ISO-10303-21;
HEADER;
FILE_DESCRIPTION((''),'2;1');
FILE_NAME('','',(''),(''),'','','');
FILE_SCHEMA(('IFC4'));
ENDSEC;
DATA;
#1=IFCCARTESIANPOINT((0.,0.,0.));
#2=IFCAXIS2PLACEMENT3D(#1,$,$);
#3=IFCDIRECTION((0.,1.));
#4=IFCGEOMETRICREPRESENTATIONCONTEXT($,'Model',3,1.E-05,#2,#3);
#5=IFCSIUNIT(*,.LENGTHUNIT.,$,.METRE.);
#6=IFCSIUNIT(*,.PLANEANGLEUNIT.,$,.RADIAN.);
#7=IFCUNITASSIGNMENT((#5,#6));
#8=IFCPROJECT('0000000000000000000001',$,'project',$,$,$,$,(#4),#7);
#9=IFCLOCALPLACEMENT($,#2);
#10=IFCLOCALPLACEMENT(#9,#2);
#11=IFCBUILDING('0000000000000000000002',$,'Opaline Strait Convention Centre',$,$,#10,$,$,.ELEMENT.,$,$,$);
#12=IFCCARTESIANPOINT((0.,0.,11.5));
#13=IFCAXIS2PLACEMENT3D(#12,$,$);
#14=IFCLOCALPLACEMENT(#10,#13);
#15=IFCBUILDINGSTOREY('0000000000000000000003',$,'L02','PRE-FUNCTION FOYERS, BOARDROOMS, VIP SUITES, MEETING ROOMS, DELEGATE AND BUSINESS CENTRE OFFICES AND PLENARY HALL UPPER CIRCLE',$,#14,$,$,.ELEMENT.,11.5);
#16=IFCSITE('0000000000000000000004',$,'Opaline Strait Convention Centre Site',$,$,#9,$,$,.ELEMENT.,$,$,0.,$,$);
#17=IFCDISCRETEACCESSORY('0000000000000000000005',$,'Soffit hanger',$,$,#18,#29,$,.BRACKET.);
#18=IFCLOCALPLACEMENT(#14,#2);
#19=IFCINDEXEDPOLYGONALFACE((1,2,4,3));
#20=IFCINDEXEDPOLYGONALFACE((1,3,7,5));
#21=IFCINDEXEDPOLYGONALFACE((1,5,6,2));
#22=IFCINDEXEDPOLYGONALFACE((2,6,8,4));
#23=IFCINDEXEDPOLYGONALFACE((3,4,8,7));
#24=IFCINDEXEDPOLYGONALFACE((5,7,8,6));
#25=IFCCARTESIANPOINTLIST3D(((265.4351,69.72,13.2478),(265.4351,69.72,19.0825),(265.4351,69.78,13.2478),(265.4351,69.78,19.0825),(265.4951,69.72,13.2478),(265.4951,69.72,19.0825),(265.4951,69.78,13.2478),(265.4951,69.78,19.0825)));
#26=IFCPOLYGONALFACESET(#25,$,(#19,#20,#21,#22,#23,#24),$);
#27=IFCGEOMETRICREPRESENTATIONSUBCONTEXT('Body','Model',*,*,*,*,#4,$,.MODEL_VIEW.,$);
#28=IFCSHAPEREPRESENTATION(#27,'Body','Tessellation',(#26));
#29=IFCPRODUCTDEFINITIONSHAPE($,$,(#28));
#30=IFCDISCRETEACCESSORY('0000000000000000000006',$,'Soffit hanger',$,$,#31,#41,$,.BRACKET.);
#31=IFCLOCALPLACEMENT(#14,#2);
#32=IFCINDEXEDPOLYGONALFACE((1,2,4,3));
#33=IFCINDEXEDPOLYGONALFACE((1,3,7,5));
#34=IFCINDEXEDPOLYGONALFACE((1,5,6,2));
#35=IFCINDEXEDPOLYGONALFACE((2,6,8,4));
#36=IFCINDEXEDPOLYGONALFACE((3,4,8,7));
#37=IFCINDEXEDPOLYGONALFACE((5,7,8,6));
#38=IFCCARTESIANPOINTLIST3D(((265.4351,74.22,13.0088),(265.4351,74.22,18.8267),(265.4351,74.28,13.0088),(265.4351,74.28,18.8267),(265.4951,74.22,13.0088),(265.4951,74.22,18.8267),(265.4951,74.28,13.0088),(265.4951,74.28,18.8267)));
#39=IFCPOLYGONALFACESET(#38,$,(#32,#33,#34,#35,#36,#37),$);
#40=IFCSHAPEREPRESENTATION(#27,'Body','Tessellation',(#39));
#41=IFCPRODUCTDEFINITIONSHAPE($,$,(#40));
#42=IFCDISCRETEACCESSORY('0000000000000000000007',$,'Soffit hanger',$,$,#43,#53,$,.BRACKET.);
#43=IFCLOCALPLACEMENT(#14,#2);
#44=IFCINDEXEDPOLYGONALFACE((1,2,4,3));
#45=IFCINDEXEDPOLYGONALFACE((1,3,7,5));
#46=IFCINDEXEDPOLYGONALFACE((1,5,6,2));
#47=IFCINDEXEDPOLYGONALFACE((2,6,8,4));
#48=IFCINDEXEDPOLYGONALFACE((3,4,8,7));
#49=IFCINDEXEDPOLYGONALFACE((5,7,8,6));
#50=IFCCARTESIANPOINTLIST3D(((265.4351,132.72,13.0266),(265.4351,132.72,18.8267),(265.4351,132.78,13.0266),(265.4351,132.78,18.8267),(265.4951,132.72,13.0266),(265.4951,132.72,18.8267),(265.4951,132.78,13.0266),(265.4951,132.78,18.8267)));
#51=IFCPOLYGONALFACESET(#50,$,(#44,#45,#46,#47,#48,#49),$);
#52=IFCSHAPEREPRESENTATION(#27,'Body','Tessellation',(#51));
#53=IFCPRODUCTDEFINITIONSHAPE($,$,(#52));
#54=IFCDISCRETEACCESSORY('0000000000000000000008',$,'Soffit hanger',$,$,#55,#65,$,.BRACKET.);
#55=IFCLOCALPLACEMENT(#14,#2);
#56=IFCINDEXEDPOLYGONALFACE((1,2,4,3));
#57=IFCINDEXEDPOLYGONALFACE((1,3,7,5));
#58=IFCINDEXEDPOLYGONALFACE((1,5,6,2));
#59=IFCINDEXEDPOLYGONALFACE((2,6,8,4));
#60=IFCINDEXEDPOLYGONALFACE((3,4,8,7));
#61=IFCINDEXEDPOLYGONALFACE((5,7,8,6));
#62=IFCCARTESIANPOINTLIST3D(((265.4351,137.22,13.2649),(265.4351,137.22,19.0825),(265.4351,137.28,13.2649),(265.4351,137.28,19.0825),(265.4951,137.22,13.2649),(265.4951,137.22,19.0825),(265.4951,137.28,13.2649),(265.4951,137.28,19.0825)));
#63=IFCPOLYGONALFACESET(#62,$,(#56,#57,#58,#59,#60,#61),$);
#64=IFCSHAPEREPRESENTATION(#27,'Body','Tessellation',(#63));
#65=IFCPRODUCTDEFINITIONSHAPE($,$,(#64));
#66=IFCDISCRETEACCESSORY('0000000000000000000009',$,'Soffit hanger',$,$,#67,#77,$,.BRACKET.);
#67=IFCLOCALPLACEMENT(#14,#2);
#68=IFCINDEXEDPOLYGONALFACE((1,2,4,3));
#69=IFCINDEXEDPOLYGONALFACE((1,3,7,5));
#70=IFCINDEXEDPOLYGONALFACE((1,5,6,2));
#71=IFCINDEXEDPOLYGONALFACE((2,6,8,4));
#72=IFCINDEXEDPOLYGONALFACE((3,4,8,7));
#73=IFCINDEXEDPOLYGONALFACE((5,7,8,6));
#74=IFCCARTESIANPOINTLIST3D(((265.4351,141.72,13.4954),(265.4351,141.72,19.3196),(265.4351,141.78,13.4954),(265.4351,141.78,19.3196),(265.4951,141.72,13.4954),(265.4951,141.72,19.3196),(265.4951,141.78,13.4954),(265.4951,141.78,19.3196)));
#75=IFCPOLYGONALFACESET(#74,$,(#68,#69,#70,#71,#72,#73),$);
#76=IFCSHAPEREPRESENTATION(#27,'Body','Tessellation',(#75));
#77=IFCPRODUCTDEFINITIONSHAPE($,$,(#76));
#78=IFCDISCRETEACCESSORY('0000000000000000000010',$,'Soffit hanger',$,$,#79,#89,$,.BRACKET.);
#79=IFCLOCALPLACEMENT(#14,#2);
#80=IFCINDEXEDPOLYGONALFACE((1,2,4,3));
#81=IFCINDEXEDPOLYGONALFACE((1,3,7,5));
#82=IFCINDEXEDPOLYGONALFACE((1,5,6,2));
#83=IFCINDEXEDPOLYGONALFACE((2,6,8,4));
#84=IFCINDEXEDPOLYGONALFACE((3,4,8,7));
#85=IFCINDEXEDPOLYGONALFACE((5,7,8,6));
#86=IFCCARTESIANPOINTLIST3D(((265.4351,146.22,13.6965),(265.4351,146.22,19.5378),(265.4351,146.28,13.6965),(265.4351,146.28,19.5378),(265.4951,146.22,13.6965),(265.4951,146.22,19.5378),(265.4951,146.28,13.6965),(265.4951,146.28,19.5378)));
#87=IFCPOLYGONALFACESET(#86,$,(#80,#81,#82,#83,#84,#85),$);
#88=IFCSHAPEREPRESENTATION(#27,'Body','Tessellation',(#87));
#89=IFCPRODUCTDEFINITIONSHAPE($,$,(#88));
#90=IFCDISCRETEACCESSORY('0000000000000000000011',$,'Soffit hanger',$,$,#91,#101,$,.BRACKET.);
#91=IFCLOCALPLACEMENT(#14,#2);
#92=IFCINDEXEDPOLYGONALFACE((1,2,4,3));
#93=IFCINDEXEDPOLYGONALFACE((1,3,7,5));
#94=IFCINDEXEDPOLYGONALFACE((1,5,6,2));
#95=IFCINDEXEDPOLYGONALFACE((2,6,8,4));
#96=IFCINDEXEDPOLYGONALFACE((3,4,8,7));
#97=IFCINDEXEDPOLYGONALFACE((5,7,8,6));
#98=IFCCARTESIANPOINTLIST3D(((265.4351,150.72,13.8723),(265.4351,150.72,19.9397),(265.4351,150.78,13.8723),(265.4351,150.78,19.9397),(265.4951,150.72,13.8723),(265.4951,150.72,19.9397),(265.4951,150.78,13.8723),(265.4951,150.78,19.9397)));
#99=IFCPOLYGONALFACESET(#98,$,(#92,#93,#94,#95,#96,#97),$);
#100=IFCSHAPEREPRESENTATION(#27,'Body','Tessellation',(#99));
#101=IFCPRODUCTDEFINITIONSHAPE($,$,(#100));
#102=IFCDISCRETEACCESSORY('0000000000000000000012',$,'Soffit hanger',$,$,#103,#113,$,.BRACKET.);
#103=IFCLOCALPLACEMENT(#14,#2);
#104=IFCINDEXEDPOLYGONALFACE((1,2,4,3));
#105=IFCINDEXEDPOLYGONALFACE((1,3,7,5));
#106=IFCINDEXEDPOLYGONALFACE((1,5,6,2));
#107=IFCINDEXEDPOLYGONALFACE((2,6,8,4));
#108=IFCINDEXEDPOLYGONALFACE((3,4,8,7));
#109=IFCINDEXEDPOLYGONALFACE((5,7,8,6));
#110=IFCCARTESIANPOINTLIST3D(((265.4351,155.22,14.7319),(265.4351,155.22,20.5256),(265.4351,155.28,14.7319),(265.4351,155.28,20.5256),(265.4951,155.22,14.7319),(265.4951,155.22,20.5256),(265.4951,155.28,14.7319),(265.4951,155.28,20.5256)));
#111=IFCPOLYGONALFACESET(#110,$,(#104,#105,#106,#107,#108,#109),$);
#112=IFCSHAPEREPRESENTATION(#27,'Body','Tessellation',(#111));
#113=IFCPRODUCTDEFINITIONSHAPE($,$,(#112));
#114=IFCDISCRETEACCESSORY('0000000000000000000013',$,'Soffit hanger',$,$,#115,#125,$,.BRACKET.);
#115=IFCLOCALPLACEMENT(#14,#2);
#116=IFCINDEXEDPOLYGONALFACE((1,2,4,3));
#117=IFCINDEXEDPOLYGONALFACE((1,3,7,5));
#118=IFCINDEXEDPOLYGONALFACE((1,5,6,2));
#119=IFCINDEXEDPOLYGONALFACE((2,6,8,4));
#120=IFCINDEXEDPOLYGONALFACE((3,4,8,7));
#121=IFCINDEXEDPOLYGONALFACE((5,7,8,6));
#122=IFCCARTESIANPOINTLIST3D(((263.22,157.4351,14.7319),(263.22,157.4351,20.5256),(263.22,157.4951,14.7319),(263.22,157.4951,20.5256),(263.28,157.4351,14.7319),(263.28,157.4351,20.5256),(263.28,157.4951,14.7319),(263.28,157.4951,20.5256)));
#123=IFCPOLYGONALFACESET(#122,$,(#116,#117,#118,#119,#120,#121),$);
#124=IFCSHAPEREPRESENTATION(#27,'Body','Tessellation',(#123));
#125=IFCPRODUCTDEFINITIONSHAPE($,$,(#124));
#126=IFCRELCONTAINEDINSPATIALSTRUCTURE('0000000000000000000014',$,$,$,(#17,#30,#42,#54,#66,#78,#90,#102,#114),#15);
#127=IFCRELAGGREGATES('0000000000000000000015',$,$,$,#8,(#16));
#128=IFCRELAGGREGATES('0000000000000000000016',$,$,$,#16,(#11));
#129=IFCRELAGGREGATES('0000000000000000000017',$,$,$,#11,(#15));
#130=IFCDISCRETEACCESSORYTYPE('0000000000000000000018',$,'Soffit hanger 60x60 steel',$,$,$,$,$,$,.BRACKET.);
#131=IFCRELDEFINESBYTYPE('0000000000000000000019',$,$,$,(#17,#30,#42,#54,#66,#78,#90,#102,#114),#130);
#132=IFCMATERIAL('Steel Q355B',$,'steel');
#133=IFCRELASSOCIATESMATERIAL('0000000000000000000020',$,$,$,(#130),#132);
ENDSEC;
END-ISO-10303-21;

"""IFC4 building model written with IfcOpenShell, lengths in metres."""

from ifc_helpers import new_model, si_unit, direction, frame, origin, place, context, subcontext, project, spatial, polyline, outline, extrude, material, type_object, element, save


model = new_model("IFC4")

# Units and contexts
model_context = context("Model", 3, precision=1e-05, world=origin(), true_north=direction((0.0, 1.0)))
body_context = subcontext(model_context, "Body", "Model", "MODEL_VIEW")
ifc_project = project(units=[si_unit("LENGTHUNIT", "METRE"), si_unit("PLANEANGLEUNIT", "RADIAN")], contexts=[model_context])

# Site, building, storey
site_placement = place(None, origin())
site = spatial("IfcSite", under=ifc_project, at=site_placement, Name="Opaline Strait Convention Centre Site", CompositionType="ELEMENT", RefElevation=0.0)
building_placement = place(site_placement, origin())
building = spatial("IfcBuilding", under=site, at=building_placement, Name="Opaline Strait Convention Centre", CompositionType="ELEMENT")
storey_placement = place(building_placement, frame((0.0, 0.0, 11.5)))
storey = spatial("IfcBuildingStorey", under=building, at=storey_placement, Name="L02", Description="PRE-FUNCTION FOYERS, BOARDROOMS, VIP SUITES, MEETING ROOMS, DELEGATE AND BUSINESS CENTRE OFFICES AND PLENARY HALL UPPER CIRCLE", CompositionType="ELEMENT", Elevation=11.5)

# Discrete accessories
ifc_material = material(Name="Steel Q355B", Category="steel")
discrete_accessory_type = type_object("IfcDiscreteAccessoryType", Name="Soffit hanger 60x60 steel", PredefinedType="BRACKET", material=ifc_material)
discrete_accessory_1_placement = place(storey_placement, frame((0.0, 0.0, 13.2478)))
element("IfcDiscreteAccessory", 1, at=discrete_accessory_1_placement, inside=storey, type_object=discrete_accessory_type, Name="Soffit hanger", PredefinedType="BRACKET", context=body_context, shape_type="SweptSolid", body=[
    extrude(outline(polyline([(265.4351, 69.72), (265.4951, 69.72), (265.4951, 69.78), (265.4351, 69.78), (265.4351, 69.72)])), origin(), (0.0, 0.0, 1.0), 5.8347),
])
discrete_accessory_2_placement = place(storey_placement, frame((0.0, 0.0, 13.0088)))
element("IfcDiscreteAccessory", 2, at=discrete_accessory_2_placement, inside=storey, type_object=discrete_accessory_type, Name="Soffit hanger", PredefinedType="BRACKET", context=body_context, shape_type="SweptSolid", body=[
    extrude(outline(polyline([(265.4351, 74.22), (265.4951, 74.22), (265.4951, 74.28), (265.4351, 74.28), (265.4351, 74.22)])), origin(), (0.0, 0.0, 1.0), 5.8179),
])
discrete_accessory_3_placement = place(storey_placement, frame((0.0, 0.0, 13.0266)))
element("IfcDiscreteAccessory", 3, at=discrete_accessory_3_placement, inside=storey, type_object=discrete_accessory_type, Name="Soffit hanger", PredefinedType="BRACKET", context=body_context, shape_type="SweptSolid", body=[
    extrude(outline(polyline([(265.4351, 132.72), (265.4951, 132.72), (265.4951, 132.78), (265.4351, 132.78), (265.4351, 132.72)])), origin(), (0.0, 0.0, 1.0), 5.8),
])
discrete_accessory_4_placement = place(storey_placement, frame((0.0, 0.0, 13.2649)))
element("IfcDiscreteAccessory", 4, at=discrete_accessory_4_placement, inside=storey, type_object=discrete_accessory_type, Name="Soffit hanger", PredefinedType="BRACKET", context=body_context, shape_type="SweptSolid", body=[
    extrude(outline(polyline([(265.4351, 137.22), (265.4951, 137.22), (265.4951, 137.28), (265.4351, 137.28), (265.4351, 137.22)])), origin(), (0.0, 0.0, 1.0), 5.8176),
])
discrete_accessory_5_placement = place(storey_placement, frame((0.0, 0.0, 13.4954)))
element("IfcDiscreteAccessory", 5, at=discrete_accessory_5_placement, inside=storey, type_object=discrete_accessory_type, Name="Soffit hanger", PredefinedType="BRACKET", context=body_context, shape_type="SweptSolid", body=[
    extrude(outline(polyline([(265.4351, 141.72), (265.4951, 141.72), (265.4951, 141.78), (265.4351, 141.78), (265.4351, 141.72)])), origin(), (0.0, 0.0, 1.0), 5.8242),
])
discrete_accessory_6_placement = place(storey_placement, frame((0.0, 0.0, 13.6965)))
element("IfcDiscreteAccessory", 6, at=discrete_accessory_6_placement, inside=storey, type_object=discrete_accessory_type, Name="Soffit hanger", PredefinedType="BRACKET", context=body_context, shape_type="SweptSolid", body=[
    extrude(outline(polyline([(265.4351, 146.22), (265.4951, 146.22), (265.4951, 146.28), (265.4351, 146.28), (265.4351, 146.22)])), origin(), (0.0, 0.0, 1.0), 5.8413),
])
discrete_accessory_7_placement = place(storey_placement, frame((0.0, 0.0, 13.8723)))
element("IfcDiscreteAccessory", 7, at=discrete_accessory_7_placement, inside=storey, type_object=discrete_accessory_type, Name="Soffit hanger", PredefinedType="BRACKET", context=body_context, shape_type="SweptSolid", body=[
    extrude(outline(polyline([(265.4351, 150.72), (265.4951, 150.72), (265.4951, 150.78), (265.4351, 150.78), (265.4351, 150.72)])), origin(), (0.0, 0.0, 1.0), 6.0674),
])
discrete_accessory_8_placement = place(storey_placement, frame((0.0, 0.0, 14.7319)))
element("IfcDiscreteAccessory", 8, at=discrete_accessory_8_placement, inside=storey, type_object=discrete_accessory_type, Name="Soffit hanger", PredefinedType="BRACKET", context=body_context, shape_type="SweptSolid", body=[
    extrude(outline(polyline([(265.4351, 155.22), (265.4951, 155.22), (265.4951, 155.28), (265.4351, 155.28), (265.4351, 155.22)])), origin(), (0.0, 0.0, 1.0), 5.7937),
])
discrete_accessory_9_placement = place(storey_placement, frame((0.0, 0.0, 14.7319)))
element("IfcDiscreteAccessory", 9, at=discrete_accessory_9_placement, inside=storey, type_object=discrete_accessory_type, Name="Soffit hanger", PredefinedType="BRACKET", context=body_context, shape_type="SweptSolid", body=[
    extrude(outline(polyline([(263.22, 157.4351), (263.28, 157.4351), (263.28, 157.4951), (263.22, 157.4951), (263.22, 157.4351)])), origin(), (0.0, 0.0, 1.0), 5.7937),
])

save(model, "model.ifc")
